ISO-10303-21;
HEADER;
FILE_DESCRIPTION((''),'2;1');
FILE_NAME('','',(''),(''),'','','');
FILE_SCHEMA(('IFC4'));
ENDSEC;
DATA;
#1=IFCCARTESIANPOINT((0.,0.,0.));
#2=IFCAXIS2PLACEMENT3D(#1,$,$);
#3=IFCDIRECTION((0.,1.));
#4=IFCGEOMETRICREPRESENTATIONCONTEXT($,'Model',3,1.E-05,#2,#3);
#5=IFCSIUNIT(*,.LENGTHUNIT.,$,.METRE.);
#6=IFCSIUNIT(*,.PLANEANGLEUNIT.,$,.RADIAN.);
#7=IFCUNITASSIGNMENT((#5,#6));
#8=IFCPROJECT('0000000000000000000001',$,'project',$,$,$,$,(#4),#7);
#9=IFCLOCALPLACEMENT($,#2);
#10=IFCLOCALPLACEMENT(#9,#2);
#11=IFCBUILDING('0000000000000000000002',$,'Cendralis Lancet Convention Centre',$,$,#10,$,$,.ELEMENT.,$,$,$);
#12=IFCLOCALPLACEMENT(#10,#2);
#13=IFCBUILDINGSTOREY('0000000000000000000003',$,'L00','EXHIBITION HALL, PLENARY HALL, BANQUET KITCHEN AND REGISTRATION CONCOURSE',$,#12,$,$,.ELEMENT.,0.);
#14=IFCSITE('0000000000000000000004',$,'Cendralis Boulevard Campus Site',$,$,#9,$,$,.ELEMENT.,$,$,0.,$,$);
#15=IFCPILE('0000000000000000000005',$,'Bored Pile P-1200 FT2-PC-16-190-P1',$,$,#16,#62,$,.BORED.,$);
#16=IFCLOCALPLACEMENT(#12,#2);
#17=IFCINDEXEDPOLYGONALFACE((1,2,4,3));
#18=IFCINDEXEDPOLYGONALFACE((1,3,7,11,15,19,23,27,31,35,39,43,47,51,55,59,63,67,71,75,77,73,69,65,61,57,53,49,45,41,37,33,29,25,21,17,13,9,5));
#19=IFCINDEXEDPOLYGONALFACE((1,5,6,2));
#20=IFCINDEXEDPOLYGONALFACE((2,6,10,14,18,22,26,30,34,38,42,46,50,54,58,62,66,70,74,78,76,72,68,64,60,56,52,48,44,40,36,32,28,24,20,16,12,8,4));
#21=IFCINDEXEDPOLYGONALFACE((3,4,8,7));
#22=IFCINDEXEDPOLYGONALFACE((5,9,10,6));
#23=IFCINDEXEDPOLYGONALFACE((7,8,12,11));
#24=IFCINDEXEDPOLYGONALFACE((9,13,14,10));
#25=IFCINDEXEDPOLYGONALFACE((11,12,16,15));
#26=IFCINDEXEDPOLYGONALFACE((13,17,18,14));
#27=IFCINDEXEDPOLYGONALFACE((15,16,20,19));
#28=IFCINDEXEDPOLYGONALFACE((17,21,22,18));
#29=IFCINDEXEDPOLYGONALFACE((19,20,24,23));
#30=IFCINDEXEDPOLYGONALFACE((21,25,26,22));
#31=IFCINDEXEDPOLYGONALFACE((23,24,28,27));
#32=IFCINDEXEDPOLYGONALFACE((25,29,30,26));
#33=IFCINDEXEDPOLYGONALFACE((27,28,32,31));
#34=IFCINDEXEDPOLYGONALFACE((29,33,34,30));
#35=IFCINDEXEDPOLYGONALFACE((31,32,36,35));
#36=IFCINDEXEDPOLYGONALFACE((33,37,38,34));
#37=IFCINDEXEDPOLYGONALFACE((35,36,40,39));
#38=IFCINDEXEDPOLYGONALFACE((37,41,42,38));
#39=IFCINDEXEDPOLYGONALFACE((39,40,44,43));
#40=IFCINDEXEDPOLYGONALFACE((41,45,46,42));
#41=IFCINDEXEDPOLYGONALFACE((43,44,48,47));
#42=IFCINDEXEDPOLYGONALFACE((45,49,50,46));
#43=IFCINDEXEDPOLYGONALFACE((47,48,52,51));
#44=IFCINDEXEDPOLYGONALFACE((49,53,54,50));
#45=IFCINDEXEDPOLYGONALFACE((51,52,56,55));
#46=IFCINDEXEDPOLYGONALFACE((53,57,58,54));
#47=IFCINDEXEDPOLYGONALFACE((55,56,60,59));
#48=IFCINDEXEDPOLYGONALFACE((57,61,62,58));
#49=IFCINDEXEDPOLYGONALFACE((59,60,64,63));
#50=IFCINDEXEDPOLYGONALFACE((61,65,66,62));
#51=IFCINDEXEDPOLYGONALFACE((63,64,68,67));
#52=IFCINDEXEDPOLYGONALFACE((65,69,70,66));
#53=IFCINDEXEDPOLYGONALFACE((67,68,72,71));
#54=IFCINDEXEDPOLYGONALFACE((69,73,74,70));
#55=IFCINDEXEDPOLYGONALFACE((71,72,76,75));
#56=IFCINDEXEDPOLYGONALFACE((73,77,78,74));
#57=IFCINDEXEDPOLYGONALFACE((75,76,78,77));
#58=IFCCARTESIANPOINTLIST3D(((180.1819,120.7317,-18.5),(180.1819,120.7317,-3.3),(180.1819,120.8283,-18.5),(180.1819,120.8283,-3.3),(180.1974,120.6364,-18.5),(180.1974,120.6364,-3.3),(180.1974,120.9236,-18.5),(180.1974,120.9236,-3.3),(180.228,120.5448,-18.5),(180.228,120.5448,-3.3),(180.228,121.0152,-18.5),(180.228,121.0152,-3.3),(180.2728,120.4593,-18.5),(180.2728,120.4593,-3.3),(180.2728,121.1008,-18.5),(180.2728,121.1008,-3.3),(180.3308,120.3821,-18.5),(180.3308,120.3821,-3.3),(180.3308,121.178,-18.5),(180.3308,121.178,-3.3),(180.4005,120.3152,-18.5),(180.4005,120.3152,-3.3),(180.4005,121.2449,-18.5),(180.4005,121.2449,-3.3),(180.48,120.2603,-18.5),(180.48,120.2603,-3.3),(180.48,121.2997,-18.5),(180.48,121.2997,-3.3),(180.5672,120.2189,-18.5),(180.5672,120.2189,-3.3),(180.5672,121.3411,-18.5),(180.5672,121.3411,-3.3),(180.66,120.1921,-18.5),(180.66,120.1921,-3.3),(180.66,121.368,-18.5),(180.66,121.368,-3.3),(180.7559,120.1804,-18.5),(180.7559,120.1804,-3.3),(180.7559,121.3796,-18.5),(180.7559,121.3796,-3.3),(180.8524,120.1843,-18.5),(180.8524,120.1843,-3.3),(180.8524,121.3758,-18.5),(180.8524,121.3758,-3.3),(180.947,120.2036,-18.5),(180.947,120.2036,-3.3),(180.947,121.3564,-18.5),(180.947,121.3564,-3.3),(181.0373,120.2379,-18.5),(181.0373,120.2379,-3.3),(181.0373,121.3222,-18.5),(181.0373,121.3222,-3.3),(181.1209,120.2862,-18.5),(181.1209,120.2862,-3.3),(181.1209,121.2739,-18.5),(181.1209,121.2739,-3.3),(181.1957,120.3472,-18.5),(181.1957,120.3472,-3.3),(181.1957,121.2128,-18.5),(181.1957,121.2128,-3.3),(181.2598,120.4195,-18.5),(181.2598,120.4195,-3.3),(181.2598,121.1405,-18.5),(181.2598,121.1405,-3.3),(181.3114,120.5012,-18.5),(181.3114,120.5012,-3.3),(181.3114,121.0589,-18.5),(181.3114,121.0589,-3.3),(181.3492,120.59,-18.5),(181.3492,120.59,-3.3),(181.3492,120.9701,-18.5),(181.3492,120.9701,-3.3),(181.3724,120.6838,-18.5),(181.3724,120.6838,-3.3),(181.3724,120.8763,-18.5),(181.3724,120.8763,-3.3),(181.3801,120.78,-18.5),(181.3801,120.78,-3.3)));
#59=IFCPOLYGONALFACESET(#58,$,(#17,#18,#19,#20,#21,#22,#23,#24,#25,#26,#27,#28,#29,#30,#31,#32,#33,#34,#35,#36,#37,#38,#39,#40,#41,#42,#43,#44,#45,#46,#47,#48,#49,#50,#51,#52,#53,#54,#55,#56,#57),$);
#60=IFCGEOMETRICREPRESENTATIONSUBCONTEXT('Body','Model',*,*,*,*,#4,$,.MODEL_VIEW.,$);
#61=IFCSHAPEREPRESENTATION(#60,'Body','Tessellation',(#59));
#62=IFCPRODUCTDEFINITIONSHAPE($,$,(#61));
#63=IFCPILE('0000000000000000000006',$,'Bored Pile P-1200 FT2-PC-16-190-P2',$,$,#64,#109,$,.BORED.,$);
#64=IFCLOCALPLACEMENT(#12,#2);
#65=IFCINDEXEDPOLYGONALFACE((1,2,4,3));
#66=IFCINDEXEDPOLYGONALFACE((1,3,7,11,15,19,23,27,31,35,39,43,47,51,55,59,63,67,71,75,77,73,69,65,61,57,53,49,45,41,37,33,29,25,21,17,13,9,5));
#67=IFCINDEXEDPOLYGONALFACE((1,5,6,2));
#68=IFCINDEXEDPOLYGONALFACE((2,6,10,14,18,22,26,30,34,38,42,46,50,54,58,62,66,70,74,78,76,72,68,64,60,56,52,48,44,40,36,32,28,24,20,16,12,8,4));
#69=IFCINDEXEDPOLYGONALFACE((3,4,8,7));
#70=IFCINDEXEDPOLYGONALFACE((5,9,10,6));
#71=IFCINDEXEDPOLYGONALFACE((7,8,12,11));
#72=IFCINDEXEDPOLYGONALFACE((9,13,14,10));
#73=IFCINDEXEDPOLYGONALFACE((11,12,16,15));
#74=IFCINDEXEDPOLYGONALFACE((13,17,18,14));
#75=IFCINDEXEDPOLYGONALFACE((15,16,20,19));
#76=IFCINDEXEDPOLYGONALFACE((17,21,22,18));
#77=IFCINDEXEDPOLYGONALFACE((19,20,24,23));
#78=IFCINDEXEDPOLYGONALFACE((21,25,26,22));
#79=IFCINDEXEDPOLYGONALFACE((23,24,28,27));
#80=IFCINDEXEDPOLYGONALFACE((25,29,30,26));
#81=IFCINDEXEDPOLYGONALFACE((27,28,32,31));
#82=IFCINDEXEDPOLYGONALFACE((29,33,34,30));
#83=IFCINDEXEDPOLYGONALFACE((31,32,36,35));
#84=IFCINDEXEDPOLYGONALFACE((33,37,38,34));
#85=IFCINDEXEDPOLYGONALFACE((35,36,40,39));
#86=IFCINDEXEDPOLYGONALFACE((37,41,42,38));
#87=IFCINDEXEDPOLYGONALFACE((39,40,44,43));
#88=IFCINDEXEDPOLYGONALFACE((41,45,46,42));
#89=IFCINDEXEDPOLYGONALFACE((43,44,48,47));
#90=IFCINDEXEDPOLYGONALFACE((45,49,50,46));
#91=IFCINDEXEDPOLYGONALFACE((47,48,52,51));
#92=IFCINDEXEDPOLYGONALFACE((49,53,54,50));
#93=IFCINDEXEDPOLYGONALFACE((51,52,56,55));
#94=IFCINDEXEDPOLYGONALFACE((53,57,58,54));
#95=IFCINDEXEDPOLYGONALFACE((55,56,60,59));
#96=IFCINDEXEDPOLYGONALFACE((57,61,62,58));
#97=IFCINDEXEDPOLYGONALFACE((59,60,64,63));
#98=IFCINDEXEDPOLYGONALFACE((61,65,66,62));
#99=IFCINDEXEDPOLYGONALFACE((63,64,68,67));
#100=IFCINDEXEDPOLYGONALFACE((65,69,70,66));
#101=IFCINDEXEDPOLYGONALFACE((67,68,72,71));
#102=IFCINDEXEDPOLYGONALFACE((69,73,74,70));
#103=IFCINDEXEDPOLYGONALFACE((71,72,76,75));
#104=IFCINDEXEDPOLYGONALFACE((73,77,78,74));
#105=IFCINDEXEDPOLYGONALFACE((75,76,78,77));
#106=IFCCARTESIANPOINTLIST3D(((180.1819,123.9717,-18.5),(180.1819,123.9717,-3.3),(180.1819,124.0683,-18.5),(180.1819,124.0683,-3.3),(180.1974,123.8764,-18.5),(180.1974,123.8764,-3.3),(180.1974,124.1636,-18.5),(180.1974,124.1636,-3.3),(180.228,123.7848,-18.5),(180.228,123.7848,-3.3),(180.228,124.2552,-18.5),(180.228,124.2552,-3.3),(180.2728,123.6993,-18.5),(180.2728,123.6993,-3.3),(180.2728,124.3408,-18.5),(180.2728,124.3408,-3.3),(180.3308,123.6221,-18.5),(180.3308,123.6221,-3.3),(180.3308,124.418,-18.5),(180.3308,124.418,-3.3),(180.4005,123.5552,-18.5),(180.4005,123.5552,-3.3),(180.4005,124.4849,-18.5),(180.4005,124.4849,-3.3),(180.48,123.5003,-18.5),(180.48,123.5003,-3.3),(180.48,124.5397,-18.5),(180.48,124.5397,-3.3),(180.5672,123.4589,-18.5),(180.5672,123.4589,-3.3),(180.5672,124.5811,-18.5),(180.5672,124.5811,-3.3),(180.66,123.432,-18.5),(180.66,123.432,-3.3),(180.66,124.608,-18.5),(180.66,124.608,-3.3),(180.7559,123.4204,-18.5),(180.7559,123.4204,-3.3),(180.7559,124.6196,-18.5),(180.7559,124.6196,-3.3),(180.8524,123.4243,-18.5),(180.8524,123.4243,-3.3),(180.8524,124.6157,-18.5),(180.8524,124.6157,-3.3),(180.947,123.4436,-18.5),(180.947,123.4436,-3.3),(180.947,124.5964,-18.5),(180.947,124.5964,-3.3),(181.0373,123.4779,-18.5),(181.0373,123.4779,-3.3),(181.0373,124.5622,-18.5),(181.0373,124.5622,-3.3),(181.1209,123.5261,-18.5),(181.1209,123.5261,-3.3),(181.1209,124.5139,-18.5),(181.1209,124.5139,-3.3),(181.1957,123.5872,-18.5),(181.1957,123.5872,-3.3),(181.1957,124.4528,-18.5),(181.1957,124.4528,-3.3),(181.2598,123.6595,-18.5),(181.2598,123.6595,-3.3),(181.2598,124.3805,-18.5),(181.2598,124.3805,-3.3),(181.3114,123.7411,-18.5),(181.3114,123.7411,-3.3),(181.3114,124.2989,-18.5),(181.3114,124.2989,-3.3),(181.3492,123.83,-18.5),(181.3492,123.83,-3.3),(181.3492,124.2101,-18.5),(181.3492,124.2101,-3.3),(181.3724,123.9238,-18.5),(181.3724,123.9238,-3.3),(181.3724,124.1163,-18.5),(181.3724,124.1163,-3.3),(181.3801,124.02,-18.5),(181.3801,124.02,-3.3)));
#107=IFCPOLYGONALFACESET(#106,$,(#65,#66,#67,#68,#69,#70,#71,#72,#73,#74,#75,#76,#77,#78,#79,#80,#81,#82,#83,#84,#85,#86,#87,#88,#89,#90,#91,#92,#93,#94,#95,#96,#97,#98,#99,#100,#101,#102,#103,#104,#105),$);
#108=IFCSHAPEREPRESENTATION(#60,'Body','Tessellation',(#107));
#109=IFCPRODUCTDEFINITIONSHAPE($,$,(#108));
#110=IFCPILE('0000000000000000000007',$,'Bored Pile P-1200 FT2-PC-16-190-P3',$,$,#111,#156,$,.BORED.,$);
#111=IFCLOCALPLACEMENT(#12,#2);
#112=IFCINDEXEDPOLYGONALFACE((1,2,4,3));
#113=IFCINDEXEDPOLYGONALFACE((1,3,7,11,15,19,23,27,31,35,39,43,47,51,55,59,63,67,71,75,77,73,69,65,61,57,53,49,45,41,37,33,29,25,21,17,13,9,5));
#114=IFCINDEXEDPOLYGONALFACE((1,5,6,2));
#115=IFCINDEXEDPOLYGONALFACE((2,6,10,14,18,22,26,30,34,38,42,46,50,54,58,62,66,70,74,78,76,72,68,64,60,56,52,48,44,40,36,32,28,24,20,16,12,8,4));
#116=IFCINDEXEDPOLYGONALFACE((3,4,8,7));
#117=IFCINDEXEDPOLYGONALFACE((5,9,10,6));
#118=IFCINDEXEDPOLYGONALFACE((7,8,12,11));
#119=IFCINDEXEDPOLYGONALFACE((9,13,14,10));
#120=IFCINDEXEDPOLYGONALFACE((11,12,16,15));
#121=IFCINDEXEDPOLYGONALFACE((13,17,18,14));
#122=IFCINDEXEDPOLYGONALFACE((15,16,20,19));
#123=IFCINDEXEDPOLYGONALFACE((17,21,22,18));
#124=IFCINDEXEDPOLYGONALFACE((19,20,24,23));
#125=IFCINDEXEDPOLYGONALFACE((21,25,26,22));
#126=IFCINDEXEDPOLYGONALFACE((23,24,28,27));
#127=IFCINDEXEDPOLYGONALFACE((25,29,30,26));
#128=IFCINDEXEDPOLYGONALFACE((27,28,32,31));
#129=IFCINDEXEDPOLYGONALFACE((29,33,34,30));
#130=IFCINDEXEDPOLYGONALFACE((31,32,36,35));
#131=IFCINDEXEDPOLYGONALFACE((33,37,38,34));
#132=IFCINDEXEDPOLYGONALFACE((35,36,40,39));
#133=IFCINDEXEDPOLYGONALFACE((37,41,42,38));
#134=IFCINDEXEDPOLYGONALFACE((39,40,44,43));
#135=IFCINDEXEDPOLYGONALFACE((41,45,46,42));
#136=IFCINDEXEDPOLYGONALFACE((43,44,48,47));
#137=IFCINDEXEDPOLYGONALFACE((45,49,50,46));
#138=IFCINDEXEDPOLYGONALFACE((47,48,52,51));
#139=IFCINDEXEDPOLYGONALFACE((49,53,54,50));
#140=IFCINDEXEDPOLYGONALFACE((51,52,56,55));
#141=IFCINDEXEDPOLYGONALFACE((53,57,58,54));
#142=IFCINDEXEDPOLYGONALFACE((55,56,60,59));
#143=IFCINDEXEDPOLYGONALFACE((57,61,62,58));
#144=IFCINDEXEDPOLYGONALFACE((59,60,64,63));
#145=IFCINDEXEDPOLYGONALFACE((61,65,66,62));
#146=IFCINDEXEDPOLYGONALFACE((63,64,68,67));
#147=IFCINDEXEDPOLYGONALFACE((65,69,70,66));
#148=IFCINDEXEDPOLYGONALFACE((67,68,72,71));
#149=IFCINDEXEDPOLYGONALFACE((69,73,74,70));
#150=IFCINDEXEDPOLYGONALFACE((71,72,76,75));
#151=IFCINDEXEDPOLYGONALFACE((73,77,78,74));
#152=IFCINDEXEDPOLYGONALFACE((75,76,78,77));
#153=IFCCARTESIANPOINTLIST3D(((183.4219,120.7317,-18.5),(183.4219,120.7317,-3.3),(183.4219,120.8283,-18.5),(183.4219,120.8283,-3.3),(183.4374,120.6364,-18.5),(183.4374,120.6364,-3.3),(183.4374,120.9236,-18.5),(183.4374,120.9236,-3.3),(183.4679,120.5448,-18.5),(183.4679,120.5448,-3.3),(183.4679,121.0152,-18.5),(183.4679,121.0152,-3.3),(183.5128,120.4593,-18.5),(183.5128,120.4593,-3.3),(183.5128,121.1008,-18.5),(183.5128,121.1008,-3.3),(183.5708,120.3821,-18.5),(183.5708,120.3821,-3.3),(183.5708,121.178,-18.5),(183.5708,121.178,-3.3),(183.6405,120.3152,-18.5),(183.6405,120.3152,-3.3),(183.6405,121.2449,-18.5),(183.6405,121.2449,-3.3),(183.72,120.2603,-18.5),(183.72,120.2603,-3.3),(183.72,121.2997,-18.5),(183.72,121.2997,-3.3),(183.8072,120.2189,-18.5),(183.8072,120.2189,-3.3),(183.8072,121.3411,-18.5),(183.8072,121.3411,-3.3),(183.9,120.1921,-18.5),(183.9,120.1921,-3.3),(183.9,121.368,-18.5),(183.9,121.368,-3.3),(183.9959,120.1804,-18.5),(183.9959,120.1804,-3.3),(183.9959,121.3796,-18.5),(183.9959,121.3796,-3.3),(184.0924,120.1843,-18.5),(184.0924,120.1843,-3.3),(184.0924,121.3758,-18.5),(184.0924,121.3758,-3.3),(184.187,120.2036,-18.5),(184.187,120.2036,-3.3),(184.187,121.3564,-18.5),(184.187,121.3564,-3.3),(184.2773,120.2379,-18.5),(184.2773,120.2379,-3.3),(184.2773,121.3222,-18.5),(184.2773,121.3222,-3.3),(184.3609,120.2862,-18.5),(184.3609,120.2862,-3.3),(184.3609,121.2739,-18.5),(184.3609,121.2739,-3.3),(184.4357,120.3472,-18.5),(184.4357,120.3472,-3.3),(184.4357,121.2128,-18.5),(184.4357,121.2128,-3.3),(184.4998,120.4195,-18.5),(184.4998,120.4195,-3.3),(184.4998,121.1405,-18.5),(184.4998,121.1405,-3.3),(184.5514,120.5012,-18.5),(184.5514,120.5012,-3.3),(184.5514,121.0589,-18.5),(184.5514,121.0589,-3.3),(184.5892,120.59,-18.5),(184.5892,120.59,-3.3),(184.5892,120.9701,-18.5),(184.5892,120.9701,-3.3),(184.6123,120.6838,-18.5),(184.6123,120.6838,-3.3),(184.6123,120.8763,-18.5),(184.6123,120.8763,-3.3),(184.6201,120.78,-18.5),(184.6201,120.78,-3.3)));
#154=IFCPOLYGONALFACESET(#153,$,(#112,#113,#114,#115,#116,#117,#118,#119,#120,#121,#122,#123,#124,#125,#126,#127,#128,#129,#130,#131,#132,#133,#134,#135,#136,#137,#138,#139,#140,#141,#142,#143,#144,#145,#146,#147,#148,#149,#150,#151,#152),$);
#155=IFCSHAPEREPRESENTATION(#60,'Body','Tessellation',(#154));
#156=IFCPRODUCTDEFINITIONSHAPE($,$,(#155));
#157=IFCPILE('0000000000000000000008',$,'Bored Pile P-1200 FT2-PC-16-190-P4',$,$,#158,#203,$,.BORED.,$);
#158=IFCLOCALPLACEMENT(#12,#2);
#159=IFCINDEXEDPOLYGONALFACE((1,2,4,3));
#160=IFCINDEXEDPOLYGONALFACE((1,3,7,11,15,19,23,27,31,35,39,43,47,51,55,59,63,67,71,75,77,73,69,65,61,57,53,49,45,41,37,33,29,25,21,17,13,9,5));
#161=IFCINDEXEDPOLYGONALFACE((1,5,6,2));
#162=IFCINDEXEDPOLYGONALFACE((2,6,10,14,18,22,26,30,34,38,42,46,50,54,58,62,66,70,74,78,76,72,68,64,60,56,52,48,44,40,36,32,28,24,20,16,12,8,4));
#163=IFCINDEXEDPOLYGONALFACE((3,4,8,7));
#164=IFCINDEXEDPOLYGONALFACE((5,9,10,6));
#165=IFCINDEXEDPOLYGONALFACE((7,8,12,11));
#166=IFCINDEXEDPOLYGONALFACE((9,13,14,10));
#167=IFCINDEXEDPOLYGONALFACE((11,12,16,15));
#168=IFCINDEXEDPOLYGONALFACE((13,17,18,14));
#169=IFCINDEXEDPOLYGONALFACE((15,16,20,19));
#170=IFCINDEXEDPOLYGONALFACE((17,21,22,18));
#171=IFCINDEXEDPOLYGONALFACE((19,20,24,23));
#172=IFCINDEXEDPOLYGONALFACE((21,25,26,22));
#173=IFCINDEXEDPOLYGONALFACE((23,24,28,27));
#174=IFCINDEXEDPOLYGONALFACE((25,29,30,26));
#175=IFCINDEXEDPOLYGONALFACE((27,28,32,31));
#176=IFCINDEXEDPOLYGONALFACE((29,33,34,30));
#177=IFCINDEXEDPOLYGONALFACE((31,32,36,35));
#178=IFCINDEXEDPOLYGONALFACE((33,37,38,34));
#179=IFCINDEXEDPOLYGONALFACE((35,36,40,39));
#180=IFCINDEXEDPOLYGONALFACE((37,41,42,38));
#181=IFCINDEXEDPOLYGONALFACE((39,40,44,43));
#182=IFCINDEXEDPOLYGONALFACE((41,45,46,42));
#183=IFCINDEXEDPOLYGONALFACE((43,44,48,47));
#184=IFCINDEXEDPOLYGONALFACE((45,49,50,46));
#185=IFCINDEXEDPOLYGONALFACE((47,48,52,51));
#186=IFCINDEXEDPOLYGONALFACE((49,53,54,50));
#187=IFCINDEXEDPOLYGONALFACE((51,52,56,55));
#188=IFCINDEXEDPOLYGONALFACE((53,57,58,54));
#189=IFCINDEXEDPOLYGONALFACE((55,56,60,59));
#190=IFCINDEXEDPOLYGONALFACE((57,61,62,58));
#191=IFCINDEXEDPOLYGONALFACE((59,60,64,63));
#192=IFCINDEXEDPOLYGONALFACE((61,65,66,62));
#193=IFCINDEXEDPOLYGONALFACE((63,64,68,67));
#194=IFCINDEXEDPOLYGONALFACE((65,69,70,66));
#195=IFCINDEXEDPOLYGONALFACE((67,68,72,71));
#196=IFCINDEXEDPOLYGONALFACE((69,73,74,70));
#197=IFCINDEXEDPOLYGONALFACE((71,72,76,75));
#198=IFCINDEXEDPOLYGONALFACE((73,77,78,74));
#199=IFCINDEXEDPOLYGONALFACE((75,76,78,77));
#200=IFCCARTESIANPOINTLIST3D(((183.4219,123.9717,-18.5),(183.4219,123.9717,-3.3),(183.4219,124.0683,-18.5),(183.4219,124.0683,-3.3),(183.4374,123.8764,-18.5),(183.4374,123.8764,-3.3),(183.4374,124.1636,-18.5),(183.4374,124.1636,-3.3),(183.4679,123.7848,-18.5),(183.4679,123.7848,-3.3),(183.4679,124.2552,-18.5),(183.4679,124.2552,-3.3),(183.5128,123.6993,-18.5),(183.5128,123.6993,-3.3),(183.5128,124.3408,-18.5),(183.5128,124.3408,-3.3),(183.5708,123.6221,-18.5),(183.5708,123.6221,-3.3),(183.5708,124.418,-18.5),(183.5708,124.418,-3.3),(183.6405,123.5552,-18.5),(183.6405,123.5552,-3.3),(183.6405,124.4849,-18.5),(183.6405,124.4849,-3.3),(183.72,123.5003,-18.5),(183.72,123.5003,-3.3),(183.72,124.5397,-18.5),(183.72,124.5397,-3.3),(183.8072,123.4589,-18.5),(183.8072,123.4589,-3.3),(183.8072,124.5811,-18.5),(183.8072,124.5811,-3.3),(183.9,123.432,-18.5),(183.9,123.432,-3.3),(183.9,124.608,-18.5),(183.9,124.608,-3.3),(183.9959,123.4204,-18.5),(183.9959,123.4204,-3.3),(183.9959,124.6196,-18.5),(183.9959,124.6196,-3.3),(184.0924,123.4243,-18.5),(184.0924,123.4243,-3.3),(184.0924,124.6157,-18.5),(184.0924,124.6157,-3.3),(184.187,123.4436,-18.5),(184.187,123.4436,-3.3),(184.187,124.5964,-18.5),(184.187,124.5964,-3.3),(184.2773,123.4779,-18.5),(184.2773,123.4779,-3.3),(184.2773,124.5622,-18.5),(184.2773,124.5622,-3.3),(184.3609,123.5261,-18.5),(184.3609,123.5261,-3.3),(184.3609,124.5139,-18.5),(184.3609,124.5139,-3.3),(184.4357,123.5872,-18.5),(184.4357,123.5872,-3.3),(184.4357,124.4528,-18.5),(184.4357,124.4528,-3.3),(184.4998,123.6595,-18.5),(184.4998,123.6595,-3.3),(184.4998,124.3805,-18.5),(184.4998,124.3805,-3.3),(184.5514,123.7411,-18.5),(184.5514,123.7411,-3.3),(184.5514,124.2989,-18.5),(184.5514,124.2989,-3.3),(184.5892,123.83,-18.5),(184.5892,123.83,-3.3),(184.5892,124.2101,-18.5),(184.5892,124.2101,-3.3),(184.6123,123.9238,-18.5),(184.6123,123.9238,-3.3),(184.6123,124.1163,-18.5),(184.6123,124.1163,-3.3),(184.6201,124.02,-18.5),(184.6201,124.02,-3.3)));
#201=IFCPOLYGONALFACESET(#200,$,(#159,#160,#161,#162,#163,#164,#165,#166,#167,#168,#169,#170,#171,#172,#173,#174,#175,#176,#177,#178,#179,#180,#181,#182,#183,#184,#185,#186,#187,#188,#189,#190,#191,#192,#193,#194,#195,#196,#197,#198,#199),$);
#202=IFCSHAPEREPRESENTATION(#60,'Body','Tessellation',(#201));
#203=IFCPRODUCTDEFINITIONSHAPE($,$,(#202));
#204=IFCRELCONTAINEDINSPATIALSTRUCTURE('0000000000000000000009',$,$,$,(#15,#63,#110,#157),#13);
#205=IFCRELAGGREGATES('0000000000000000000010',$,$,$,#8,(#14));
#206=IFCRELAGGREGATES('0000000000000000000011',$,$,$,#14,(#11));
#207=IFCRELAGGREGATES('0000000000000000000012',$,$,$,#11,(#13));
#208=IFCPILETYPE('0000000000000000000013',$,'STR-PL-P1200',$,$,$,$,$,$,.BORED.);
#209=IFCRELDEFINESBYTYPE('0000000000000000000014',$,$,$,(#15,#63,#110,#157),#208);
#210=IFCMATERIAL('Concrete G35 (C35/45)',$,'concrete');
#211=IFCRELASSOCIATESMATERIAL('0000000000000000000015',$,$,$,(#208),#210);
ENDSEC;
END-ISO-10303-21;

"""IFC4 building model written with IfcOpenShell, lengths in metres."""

from ifc_helpers import new_model, si_unit, direction, frame, origin, origin_2d, place, context, subcontext, project, spatial, circle, extrude, material, material_profile, profile_set, type_object, element, save


model = new_model("IFC4")

# Units and contexts
model_context = context("Model", 3, precision=1e-05, world=origin(), true_north=direction((0.0, 1.0)))
body_context = subcontext(model_context, "Body", "Model", "MODEL_VIEW")
ifc_project = project(units=[si_unit("LENGTHUNIT", "METRE"), si_unit("PLANEANGLEUNIT", "RADIAN")], contexts=[model_context])

# Site, building, storey
site_placement = place(None, origin())
site = spatial("IfcSite", under=ifc_project, at=site_placement, Name="Cendralis Boulevard Campus Site", CompositionType="ELEMENT", RefElevation=0.0)
building_placement = place(site_placement, origin())
building = spatial("IfcBuilding", under=site, at=building_placement, Name="Cendralis Lancet Convention Centre", CompositionType="ELEMENT")
storey_placement = place(building_placement, origin())
storey = spatial("IfcBuildingStorey", under=building, at=storey_placement, Name="L00", Description="EXHIBITION HALL, PLENARY HALL, BANQUET KITCHEN AND REGISTRATION CONCOURSE", CompositionType="ELEMENT", Elevation=0.0)

# Shared definitions
ifc_material_1 = material(Name="Concrete G35 (C35/45)", Category="concrete")

# Piles
ifc_material_profile_1 = material_profile(ifc_material_1, circle(Radius=0.6001, at=origin_2d()), Name="BORED PILE D1200")
ifc_profile_set_1 = profile_set([ifc_material_profile_1], Name="Concrete G35 (C35/45)")
pile_type = type_object("IfcPileType", Name="STR-PL-P1200", PredefinedType="BORED", material=ifc_profile_set_1)
for number, where, z_axis, x_axis, name in (
    (1, (180.78, 120.78, -3.3), (0.0, 0.0, -1.0), (1.0, 0.0, 0.0), "Bored Pile P-1200 FT2-PC-16-190-P1"),
    (2, (180.78, 124.02, -3.3), (0.0, 0.0, -1.0), (1.0, 0.0, 0.0), "Bored Pile P-1200 FT2-PC-16-190-P2"),
    (3, (184.02, 120.78, -3.3), (0.0, 0.0, -1.0), (1.0, 0.0, 0.0), "Bored Pile P-1200 FT2-PC-16-190-P3"),
    (4, (184.02, 124.02, -3.3), (0.0, 0.0, -1.0), (1.0, 0.0, 0.0), "Bored Pile P-1200 FT2-PC-16-190-P4"),
):
    element("IfcPile", number, at=place(storey_placement, frame(where, z_axis=z_axis, x_axis=x_axis)), inside=storey, type_object=pile_type, Name=name, PredefinedType="BORED", context=body_context, shape_type="SweptSolid", body=[
        extrude(circle(Radius=0.6001, at=origin_2d()), origin(), (0.0, 0.0, 1.0), 15.2),
    ])

save(model, "model.ifc")
